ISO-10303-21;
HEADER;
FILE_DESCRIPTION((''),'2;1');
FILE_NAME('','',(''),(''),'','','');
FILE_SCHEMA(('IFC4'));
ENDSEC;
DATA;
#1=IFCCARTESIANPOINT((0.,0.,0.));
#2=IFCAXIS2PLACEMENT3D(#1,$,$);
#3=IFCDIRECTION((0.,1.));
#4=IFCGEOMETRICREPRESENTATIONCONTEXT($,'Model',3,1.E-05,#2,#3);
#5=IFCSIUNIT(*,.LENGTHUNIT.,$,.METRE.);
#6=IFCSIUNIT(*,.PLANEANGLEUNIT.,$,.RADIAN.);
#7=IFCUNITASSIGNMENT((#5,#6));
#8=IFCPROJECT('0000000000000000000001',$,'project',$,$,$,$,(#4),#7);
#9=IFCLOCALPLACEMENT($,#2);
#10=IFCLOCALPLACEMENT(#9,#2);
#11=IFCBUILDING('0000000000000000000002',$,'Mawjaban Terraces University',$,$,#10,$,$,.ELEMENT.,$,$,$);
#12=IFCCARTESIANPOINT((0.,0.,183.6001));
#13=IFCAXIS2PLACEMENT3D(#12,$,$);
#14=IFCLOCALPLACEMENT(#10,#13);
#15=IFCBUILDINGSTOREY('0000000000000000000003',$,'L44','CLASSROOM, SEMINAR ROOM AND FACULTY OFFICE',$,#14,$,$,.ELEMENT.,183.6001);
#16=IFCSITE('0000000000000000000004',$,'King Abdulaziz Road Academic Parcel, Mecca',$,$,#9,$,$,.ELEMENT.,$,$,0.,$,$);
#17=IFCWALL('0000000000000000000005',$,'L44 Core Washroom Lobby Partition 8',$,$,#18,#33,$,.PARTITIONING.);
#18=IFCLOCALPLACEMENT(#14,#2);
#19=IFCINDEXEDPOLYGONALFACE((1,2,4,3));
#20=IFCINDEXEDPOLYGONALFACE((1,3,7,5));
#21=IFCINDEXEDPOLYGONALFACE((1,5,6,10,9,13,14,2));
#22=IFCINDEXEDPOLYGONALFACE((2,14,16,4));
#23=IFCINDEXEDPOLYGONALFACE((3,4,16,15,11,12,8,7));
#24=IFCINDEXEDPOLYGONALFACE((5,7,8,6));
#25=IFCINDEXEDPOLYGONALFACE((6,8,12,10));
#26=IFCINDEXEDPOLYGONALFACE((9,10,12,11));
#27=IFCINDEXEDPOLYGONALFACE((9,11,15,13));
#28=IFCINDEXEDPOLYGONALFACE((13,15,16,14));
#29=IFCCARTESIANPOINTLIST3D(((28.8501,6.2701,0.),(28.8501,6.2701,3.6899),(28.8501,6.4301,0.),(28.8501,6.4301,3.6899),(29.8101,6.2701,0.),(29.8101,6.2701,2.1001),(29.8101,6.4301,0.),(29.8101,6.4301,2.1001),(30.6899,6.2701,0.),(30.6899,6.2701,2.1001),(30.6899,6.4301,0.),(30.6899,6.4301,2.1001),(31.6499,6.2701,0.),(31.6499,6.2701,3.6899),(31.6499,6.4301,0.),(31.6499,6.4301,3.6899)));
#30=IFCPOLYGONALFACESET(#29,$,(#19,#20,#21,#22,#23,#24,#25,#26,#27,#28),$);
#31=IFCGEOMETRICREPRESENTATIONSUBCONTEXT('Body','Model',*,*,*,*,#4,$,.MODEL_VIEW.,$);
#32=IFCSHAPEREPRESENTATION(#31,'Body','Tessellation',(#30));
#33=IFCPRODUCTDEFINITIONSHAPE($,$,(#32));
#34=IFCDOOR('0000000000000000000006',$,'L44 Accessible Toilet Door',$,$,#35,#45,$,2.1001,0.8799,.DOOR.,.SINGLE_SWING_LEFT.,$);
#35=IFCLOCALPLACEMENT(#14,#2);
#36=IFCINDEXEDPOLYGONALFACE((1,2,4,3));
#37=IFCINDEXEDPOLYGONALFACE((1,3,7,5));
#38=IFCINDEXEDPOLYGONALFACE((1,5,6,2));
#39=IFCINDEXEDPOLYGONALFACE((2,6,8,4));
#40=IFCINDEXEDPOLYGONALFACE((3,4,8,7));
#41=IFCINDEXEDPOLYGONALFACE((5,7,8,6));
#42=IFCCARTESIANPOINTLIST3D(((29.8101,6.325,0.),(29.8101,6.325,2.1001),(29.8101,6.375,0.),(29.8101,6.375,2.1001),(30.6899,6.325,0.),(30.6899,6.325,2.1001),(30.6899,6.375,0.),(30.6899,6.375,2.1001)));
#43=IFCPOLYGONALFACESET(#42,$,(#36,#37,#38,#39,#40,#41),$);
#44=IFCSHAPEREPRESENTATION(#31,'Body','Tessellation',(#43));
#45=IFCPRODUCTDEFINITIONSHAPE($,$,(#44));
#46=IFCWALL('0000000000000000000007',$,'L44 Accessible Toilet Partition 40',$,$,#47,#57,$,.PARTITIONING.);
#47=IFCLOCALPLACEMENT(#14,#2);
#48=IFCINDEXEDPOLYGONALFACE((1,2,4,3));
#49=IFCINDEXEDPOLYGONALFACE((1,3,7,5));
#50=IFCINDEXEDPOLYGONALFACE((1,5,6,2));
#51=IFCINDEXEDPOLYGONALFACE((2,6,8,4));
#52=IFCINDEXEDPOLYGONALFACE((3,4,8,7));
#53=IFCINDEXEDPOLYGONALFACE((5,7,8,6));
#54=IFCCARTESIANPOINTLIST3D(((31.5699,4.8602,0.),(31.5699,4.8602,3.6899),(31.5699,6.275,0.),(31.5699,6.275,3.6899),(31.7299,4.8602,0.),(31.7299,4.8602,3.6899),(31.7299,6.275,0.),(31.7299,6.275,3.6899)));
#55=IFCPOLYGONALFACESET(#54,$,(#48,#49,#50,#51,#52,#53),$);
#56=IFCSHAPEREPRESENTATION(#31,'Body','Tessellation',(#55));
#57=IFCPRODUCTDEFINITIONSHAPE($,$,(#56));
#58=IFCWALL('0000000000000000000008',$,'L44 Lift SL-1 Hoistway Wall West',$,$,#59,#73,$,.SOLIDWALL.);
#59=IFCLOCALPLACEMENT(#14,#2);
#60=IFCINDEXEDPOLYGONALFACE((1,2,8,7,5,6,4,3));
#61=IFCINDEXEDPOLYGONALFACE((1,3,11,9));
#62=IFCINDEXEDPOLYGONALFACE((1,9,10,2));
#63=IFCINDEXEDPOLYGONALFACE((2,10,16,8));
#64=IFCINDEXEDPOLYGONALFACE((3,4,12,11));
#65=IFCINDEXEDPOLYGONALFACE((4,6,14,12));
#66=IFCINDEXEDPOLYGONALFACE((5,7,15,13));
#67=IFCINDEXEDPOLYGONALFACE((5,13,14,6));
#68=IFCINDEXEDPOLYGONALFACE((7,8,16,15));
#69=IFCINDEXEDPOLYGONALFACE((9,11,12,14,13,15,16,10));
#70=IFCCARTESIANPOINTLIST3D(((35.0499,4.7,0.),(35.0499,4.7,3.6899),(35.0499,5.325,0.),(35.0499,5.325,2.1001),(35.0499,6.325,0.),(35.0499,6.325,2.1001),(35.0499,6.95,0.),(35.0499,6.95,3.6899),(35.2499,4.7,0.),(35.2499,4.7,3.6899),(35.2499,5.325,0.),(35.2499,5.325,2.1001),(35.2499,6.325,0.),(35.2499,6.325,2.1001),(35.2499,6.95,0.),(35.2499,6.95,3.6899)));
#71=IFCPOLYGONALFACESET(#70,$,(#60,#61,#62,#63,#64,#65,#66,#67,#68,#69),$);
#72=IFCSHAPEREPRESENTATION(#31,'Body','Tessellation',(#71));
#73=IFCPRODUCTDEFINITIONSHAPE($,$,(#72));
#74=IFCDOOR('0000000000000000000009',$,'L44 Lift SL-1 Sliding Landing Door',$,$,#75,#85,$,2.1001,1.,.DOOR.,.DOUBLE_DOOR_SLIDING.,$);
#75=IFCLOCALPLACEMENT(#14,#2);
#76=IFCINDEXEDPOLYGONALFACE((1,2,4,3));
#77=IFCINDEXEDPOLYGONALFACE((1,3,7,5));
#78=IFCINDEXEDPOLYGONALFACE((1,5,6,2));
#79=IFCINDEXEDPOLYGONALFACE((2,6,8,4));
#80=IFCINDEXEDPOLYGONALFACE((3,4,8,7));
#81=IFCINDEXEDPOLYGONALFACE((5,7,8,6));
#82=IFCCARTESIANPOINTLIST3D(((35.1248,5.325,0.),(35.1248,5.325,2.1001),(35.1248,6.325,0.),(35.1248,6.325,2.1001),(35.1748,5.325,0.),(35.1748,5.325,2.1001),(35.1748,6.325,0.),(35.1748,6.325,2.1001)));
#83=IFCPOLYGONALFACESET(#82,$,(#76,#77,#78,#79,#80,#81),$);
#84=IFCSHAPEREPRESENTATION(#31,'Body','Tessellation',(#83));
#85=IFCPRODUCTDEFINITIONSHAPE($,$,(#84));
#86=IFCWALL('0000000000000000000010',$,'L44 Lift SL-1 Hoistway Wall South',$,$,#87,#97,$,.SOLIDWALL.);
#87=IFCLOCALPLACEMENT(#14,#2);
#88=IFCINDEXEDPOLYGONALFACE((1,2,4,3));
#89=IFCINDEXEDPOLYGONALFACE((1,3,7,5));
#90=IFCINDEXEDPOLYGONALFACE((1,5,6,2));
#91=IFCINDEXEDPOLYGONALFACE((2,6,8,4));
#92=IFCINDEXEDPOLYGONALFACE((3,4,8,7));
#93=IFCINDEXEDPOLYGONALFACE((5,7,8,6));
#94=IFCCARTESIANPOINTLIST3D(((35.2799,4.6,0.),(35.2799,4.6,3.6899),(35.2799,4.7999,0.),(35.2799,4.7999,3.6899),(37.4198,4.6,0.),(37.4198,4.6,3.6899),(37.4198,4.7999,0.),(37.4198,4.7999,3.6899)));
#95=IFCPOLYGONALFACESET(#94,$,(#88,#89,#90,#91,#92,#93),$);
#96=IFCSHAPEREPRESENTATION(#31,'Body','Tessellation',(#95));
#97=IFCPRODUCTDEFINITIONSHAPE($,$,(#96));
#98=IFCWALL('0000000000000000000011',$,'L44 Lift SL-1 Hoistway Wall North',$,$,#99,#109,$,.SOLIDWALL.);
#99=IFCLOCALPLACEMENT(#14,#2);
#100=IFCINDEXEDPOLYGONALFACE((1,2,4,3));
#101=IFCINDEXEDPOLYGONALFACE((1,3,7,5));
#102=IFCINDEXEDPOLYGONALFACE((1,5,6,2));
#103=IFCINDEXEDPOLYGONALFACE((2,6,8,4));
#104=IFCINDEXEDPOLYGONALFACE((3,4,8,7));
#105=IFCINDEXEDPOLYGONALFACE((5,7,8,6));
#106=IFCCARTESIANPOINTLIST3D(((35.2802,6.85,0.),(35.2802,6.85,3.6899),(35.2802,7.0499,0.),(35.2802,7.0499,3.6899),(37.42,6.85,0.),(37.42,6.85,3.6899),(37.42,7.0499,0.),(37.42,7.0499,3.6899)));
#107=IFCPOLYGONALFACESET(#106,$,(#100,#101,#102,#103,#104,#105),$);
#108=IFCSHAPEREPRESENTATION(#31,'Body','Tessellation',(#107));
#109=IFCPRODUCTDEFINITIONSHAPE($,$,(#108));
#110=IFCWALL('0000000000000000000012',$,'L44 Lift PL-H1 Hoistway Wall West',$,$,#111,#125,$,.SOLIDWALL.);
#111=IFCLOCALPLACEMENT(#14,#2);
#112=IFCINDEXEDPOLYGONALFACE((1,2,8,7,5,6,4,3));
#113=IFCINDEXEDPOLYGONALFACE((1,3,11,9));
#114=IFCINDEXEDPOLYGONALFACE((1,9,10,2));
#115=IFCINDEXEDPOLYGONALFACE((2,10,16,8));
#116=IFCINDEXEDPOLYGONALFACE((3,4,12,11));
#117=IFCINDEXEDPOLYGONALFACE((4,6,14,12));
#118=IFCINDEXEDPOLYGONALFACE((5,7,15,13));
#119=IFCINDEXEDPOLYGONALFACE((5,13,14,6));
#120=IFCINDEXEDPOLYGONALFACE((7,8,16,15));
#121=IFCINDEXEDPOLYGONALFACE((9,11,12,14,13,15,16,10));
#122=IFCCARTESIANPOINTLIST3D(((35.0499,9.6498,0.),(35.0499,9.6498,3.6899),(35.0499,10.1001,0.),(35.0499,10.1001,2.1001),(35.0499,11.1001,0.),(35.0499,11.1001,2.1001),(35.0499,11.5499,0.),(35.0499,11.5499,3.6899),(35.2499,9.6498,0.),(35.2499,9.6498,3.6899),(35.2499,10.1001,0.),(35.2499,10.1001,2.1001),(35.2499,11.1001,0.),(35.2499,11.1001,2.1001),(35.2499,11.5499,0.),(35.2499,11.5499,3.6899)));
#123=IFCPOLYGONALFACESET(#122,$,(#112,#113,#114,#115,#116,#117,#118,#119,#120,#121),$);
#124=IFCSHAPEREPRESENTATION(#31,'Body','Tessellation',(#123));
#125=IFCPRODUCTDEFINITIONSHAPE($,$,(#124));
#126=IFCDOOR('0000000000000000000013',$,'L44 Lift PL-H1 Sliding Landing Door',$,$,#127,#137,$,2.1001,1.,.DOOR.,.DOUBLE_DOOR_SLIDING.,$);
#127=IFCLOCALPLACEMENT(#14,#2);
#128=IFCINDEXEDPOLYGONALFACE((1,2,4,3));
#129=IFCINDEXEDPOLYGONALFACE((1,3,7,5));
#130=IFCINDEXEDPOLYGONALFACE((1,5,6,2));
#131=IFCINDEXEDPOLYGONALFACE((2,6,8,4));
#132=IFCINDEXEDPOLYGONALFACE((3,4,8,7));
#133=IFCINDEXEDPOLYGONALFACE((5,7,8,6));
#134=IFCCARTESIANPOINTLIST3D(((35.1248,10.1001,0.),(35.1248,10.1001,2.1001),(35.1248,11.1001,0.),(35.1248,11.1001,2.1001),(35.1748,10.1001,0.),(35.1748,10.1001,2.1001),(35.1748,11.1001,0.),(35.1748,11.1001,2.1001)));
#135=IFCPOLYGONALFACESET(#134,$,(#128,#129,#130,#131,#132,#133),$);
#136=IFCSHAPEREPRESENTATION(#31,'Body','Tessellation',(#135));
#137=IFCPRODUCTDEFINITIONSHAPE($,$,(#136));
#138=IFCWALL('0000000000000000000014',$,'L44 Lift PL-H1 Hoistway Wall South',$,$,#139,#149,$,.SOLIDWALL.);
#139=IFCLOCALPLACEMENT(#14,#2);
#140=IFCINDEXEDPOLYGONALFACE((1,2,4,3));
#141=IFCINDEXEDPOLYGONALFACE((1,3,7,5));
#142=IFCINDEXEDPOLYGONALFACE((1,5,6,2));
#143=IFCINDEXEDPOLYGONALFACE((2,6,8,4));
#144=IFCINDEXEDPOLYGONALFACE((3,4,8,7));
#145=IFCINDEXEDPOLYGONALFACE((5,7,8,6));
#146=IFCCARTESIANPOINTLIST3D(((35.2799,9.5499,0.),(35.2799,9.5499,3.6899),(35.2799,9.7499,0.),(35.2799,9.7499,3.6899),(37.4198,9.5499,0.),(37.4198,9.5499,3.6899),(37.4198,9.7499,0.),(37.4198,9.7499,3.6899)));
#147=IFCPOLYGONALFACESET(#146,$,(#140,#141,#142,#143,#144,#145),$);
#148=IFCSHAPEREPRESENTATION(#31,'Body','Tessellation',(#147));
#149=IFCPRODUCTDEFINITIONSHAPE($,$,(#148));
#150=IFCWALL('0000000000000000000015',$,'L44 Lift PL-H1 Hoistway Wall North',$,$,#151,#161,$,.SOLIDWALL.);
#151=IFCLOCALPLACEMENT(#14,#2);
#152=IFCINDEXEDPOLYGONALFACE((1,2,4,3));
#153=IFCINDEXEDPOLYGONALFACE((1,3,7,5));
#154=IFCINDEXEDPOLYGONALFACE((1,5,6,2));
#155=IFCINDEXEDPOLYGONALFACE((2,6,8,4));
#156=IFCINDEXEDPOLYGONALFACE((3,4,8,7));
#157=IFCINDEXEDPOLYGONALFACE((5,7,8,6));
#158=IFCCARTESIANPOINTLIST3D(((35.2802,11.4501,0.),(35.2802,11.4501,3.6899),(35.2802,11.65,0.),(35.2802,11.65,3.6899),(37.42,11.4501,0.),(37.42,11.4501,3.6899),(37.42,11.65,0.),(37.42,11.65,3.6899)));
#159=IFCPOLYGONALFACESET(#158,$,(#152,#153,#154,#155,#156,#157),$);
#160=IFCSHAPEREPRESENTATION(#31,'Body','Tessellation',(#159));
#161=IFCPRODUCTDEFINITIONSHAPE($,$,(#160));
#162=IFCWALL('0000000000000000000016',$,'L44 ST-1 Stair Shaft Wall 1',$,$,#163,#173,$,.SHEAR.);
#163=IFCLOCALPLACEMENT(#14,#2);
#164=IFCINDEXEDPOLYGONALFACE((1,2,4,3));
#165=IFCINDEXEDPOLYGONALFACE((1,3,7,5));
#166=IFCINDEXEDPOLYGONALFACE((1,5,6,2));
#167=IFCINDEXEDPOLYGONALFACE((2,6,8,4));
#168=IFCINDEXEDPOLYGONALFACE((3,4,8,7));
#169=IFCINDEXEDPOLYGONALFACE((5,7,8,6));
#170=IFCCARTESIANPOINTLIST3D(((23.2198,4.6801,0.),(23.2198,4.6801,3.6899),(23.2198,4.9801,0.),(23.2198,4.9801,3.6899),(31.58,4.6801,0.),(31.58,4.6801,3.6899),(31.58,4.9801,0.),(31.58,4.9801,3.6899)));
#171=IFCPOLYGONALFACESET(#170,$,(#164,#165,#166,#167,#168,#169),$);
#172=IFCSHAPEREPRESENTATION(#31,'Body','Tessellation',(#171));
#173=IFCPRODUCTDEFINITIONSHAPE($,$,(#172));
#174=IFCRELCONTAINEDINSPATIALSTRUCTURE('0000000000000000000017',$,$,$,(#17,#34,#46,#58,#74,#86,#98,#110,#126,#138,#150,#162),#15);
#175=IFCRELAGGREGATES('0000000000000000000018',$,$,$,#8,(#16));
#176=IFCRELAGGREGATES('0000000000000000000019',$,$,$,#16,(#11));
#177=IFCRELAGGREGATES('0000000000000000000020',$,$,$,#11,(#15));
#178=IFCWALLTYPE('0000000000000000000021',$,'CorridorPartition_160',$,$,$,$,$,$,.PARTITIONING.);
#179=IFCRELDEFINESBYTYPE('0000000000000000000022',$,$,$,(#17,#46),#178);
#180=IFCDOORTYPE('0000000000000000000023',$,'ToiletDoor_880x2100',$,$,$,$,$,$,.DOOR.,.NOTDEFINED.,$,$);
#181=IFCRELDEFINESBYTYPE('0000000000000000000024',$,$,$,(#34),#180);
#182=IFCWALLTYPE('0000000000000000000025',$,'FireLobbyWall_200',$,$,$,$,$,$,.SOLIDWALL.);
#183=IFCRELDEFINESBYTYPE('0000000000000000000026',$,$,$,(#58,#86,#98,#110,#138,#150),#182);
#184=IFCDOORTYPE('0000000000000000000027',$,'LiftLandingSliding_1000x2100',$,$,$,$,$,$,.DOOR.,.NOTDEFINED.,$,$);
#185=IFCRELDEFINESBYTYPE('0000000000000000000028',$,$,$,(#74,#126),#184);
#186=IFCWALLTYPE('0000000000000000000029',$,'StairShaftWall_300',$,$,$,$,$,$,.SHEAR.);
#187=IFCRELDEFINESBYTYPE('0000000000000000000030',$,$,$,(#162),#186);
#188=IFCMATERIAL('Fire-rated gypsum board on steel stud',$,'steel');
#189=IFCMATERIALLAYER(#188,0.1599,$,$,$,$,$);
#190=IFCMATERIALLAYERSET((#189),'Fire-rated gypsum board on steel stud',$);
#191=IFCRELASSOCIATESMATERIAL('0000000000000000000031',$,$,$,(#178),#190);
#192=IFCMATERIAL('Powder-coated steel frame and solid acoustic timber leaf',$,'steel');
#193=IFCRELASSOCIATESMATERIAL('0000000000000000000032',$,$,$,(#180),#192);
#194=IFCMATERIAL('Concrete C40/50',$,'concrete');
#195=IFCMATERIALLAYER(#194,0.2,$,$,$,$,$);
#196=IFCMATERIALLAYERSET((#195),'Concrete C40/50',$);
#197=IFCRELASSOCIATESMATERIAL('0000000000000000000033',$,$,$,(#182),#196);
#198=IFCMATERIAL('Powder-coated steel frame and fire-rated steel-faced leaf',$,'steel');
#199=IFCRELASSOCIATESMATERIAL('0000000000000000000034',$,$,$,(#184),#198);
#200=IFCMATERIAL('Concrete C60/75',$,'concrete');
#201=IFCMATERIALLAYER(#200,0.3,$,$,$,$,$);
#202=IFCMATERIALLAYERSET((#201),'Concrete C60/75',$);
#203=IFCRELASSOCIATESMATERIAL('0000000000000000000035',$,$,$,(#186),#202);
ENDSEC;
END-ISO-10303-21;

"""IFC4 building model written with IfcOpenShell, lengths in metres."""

from ifc_helpers import new_model, si_unit, direction, frame, frame_2d, origin, place, context, subcontext, project, spatial, rectangle, extrude, material, layer, layer_set, type_object, element, fill, save


model = new_model("IFC4")

# Units and contexts
model_context = context("Model", 3, precision=1e-05, world=origin(), true_north=direction((0.0, 1.0)))
body_context = subcontext(model_context, "Body", "Model", "MODEL_VIEW")
ifc_project = project(units=[si_unit("LENGTHUNIT", "METRE"), si_unit("PLANEANGLEUNIT", "RADIAN")], contexts=[model_context])

# Site, building, storey
site_placement = place(None, origin())
site = spatial("IfcSite", under=ifc_project, at=site_placement, Name="King Abdulaziz Road Academic Parcel, Mecca", CompositionType="ELEMENT", RefElevation=0.0)
building_placement = place(site_placement, origin())
building = spatial("IfcBuilding", under=site, at=building_placement, Name="Mawjaban Terraces University", CompositionType="ELEMENT")
storey_placement = place(building_placement, frame((0.0, 0.0, 183.6001)))
storey = spatial("IfcBuildingStorey", under=building, at=storey_placement, Name="L44", Description="CLASSROOM, SEMINAR ROOM AND FACULTY OFFICE", CompositionType="ELEMENT", Elevation=183.6001)

# Wall, opening, door
ifc_material_1 = material(Name="Fire-rated gypsum board on steel stud", Category="steel")
ifc_layer_1 = layer(ifc_material_1, 0.1599)
ifc_layer_set_1 = layer_set([ifc_layer_1], Name="Fire-rated gypsum board on steel stud")
wall_type_1 = type_object("IfcWallType", Name="CorridorPartition_160", PredefinedType="PARTITIONING", material=ifc_layer_set_1)
wall_1_placement = place(storey_placement, frame((28.8501, 6.3501, 0.0), z_axis=(0.0, 0.0, 1.0), x_axis=(1.0, 0.0, 0.0)))
wall_1 = element("IfcWall", 1, at=wall_1_placement, inside=storey, type_object=wall_type_1, Name="L44 Core Washroom Lobby Partition 8", PredefinedType="PARTITIONING", context=body_context, shape_type="SweptSolid", body=[
    extrude(rectangle(XDim=2.7998, YDim=0.1599, at=frame_2d((1.3999, 0.0))), origin(), (0.0, 0.0, 1.0), 3.6899),
])
opening_1_placement = place(wall_1_placement, frame((0.96, 0.0, 0.0)))
opening_1 = element("IfcOpeningElement", 2, at=opening_1_placement, cuts=wall_1, PredefinedType="OPENING", context=body_context, shape_type="SweptSolid", body=[
    extrude(rectangle(XDim=0.8799, YDim=2.1001, at=frame_2d((0.4399, 1.05))), frame((0.0, 0.0898, 0.0), z_axis=(0.0, -1.0, 0.0), x_axis=(1.0, 0.0, 0.0)), (0.0, 0.0, 1.0), 0.1799),
])
ifc_material_2 = material(Name="Powder-coated steel frame and solid acoustic timber leaf", Category="steel")
door_type_1 = type_object("IfcDoorType", Name="ToiletDoor_880x2100", OperationType="NOTDEFINED", PredefinedType="DOOR", material=ifc_material_2)
door_1_placement = place(opening_1_placement, origin())
door_1 = element("IfcDoor", 3, at=door_1_placement, inside=storey, type_object=door_type_1, Name="L44 Accessible Toilet Door", OperationType="SINGLE_SWING_LEFT", OverallHeight=2.1001, OverallWidth=0.8799, PredefinedType="DOOR", context=body_context, shape_type="SweptSolid", body=[
    extrude(rectangle(XDim=0.8799, YDim=2.1001, at=frame_2d((0.4399, 1.05))), frame((0.0, 0.0249, 0.0), z_axis=(0.0, -1.0, 0.0), x_axis=(1.0, 0.0, 0.0)), (0.0, 0.0, 1.0), 0.05),
])
fill(opening_1, door_1)

# Wall
wall_2_placement = place(storey_placement, frame((31.6499, 4.8601, 0.0), z_axis=(0.0, 0.0, 1.0), x_axis=(0.0, 1.0, 0.0)))
element("IfcWall", 4, at=wall_2_placement, inside=storey, type_object=wall_type_1, Name="L44 Accessible Toilet Partition 40", PredefinedType="PARTITIONING", context=body_context, shape_type="SweptSolid", body=[
    extrude(rectangle(XDim=1.4148, YDim=0.1599, at=frame_2d((0.7075, 0.0))), origin(), (0.0, 0.0, 1.0), 3.6899),
])

# Wall, opening, door
ifc_material_3 = material(Name="Concrete C40/50", Category="concrete")
ifc_layer_2 = layer(ifc_material_3, 0.2)
ifc_layer_set_2 = layer_set([ifc_layer_2], Name="Concrete C40/50")
wall_type_2 = type_object("IfcWallType", Name="FireLobbyWall_200", PredefinedType="SOLIDWALL", material=ifc_layer_set_2)
wall_3_placement = place(storey_placement, frame((35.1499, 6.95, 0.0), z_axis=(0.0, 0.0, 1.0), x_axis=(0.0, -1.0, 0.0)))
wall_3 = element("IfcWall", 5, at=wall_3_placement, inside=storey, type_object=wall_type_2, Name="L44 Lift SL-1 Hoistway Wall West", PredefinedType="SOLIDWALL", context=body_context, shape_type="SweptSolid", body=[
    extrude(rectangle(XDim=2.25, YDim=0.2, at=frame_2d((1.125, 0.0))), origin(), (0.0, 0.0, 1.0), 3.6899),
])
opening_2_placement = place(wall_3_placement, frame((0.625, 0.0, 0.0)))
opening_2 = element("IfcOpeningElement", 6, at=opening_2_placement, cuts=wall_3, PredefinedType="OPENING", context=body_context, shape_type="SweptSolid", body=[
    extrude(rectangle(XDim=1.0, YDim=2.1001, at=frame_2d((0.5, 1.05))), frame((0.0, 0.1099, 0.0), z_axis=(0.0, -1.0, 0.0), x_axis=(1.0, 0.0, 0.0)), (0.0, 0.0, 1.0), 0.22),
])
ifc_material_4 = material(Name="Powder-coated steel frame and fire-rated steel-faced leaf", Category="steel")
door_type_2 = type_object("IfcDoorType", Name="LiftLandingSliding_1000x2100", OperationType="NOTDEFINED", PredefinedType="DOOR", material=ifc_material_4)
door_2_placement = place(opening_2_placement, origin())
door_2 = element("IfcDoor", 7, at=door_2_placement, inside=storey, type_object=door_type_2, Name="L44 Lift SL-1 Sliding Landing Door", OperationType="DOUBLE_DOOR_SLIDING", OverallHeight=2.1001, OverallWidth=1.0, PredefinedType="DOOR", context=body_context, shape_type="SweptSolid", body=[
    extrude(rectangle(XDim=1.0, YDim=2.1001, at=frame_2d((0.5, 1.05))), frame((0.0, 0.0249, 0.0), z_axis=(0.0, -1.0, 0.0), x_axis=(1.0, 0.0, 0.0)), (0.0, 0.0, 1.0), 0.05),
])
fill(opening_2, door_2)

# Walls
for number, where, z_axis, x_axis, name in (
    (8, (35.28, 4.7, 0.0), (0.0, 0.0, 1.0), (1.0, 0.0, 0.0), "L44 Lift SL-1 Hoistway Wall South"),
    (9, (37.4199, 6.95, 0.0), (0.0, 0.0, 1.0), (-1.0, 0.0, 0.0), "L44 Lift SL-1 Hoistway Wall North"),
):
    element("IfcWall", number, at=place(storey_placement, frame(where, z_axis=z_axis, x_axis=x_axis)), inside=storey, type_object=wall_type_2, Name=name, PredefinedType="SOLIDWALL", context=body_context, shape_type="SweptSolid", body=[
        extrude(rectangle(XDim=2.1399, YDim=0.2, at=frame_2d((1.0698, 0.0))), origin(), (0.0, 0.0, 1.0), 3.6899),
    ])

# Wall, opening, door
wall_4_placement = place(storey_placement, frame((35.1499, 11.55, 0.0), z_axis=(0.0, 0.0, 1.0), x_axis=(0.0, -1.0, 0.0)))
wall_4 = element("IfcWall", 10, at=wall_4_placement, inside=storey, type_object=wall_type_2, Name="L44 Lift PL-H1 Hoistway Wall West", PredefinedType="SOLIDWALL", context=body_context, shape_type="SweptSolid", body=[
    extrude(rectangle(XDim=1.9001, YDim=0.2, at=frame_2d((0.9502, 0.0))), origin(), (0.0, 0.0, 1.0), 3.6899),
])
opening_3_placement = place(wall_4_placement, frame((0.45, 0.0, 0.0)))
opening_3 = element("IfcOpeningElement", 11, at=opening_3_placement, cuts=wall_4, PredefinedType="OPENING", context=body_context, shape_type="SweptSolid", body=[
    extrude(rectangle(XDim=1.0, YDim=2.1001, at=frame_2d((0.5, 1.05))), frame((0.0, 0.1099, 0.0), z_axis=(0.0, -1.0, 0.0), x_axis=(1.0, 0.0, 0.0)), (0.0, 0.0, 1.0), 0.22),
])
door_3_placement = place(opening_3_placement, origin())
door_3 = element("IfcDoor", 12, at=door_3_placement, inside=storey, type_object=door_type_2, Name="L44 Lift PL-H1 Sliding Landing Door", OperationType="DOUBLE_DOOR_SLIDING", OverallHeight=2.1001, OverallWidth=1.0, PredefinedType="DOOR", context=body_context, shape_type="SweptSolid", body=[
    extrude(rectangle(XDim=1.0, YDim=2.1001, at=frame_2d((0.5, 1.05))), frame((0.0, 0.0249, 0.0), z_axis=(0.0, -1.0, 0.0), x_axis=(1.0, 0.0, 0.0)), (0.0, 0.0, 1.0), 0.05),
])
fill(opening_3, door_3)

# Walls
for number, where, z_axis, x_axis, name in (
    (13, (35.28, 9.6499, 0.0), (0.0, 0.0, 1.0), (1.0, 0.0, 0.0), "L44 Lift PL-H1 Hoistway Wall South"),
    (14, (37.4199, 11.55, 0.0), (0.0, 0.0, 1.0), (-1.0, 0.0, 0.0), "L44 Lift PL-H1 Hoistway Wall North"),
):
    element("IfcWall", number, at=place(storey_placement, frame(where, z_axis=z_axis, x_axis=x_axis)), inside=storey, type_object=wall_type_2, Name=name, PredefinedType="SOLIDWALL", context=body_context, shape_type="SweptSolid", body=[
        extrude(rectangle(XDim=2.1399, YDim=0.2, at=frame_2d((1.0698, 0.0))), origin(), (0.0, 0.0, 1.0), 3.6899),
    ])

# Wall
ifc_material_5 = material(Name="Concrete C60/75", Category="concrete")
ifc_layer_3 = layer(ifc_material_5, 0.3)
ifc_layer_set_3 = layer_set([ifc_layer_3], Name="Concrete C60/75")
wall_type_3 = type_object("IfcWallType", Name="StairShaftWall_300", PredefinedType="SHEAR", material=ifc_layer_set_3)
wall_5_placement = place(storey_placement, frame((31.5801, 4.8301, 0.0), z_axis=(0.0, 0.0, 1.0), x_axis=(-1.0, 0.0, 0.0)))
element("IfcWall", 15, at=wall_5_placement, inside=storey, type_object=wall_type_3, Name="L44 ST-1 Stair Shaft Wall 1", PredefinedType="SHEAR", context=body_context, shape_type="SweptSolid", body=[
    extrude(rectangle(XDim=8.3601, YDim=0.3, at=frame_2d((4.1802, 0.0))), origin(), (0.0, 0.0, 1.0), 3.6899),
])

save(model, "model.ifc")
